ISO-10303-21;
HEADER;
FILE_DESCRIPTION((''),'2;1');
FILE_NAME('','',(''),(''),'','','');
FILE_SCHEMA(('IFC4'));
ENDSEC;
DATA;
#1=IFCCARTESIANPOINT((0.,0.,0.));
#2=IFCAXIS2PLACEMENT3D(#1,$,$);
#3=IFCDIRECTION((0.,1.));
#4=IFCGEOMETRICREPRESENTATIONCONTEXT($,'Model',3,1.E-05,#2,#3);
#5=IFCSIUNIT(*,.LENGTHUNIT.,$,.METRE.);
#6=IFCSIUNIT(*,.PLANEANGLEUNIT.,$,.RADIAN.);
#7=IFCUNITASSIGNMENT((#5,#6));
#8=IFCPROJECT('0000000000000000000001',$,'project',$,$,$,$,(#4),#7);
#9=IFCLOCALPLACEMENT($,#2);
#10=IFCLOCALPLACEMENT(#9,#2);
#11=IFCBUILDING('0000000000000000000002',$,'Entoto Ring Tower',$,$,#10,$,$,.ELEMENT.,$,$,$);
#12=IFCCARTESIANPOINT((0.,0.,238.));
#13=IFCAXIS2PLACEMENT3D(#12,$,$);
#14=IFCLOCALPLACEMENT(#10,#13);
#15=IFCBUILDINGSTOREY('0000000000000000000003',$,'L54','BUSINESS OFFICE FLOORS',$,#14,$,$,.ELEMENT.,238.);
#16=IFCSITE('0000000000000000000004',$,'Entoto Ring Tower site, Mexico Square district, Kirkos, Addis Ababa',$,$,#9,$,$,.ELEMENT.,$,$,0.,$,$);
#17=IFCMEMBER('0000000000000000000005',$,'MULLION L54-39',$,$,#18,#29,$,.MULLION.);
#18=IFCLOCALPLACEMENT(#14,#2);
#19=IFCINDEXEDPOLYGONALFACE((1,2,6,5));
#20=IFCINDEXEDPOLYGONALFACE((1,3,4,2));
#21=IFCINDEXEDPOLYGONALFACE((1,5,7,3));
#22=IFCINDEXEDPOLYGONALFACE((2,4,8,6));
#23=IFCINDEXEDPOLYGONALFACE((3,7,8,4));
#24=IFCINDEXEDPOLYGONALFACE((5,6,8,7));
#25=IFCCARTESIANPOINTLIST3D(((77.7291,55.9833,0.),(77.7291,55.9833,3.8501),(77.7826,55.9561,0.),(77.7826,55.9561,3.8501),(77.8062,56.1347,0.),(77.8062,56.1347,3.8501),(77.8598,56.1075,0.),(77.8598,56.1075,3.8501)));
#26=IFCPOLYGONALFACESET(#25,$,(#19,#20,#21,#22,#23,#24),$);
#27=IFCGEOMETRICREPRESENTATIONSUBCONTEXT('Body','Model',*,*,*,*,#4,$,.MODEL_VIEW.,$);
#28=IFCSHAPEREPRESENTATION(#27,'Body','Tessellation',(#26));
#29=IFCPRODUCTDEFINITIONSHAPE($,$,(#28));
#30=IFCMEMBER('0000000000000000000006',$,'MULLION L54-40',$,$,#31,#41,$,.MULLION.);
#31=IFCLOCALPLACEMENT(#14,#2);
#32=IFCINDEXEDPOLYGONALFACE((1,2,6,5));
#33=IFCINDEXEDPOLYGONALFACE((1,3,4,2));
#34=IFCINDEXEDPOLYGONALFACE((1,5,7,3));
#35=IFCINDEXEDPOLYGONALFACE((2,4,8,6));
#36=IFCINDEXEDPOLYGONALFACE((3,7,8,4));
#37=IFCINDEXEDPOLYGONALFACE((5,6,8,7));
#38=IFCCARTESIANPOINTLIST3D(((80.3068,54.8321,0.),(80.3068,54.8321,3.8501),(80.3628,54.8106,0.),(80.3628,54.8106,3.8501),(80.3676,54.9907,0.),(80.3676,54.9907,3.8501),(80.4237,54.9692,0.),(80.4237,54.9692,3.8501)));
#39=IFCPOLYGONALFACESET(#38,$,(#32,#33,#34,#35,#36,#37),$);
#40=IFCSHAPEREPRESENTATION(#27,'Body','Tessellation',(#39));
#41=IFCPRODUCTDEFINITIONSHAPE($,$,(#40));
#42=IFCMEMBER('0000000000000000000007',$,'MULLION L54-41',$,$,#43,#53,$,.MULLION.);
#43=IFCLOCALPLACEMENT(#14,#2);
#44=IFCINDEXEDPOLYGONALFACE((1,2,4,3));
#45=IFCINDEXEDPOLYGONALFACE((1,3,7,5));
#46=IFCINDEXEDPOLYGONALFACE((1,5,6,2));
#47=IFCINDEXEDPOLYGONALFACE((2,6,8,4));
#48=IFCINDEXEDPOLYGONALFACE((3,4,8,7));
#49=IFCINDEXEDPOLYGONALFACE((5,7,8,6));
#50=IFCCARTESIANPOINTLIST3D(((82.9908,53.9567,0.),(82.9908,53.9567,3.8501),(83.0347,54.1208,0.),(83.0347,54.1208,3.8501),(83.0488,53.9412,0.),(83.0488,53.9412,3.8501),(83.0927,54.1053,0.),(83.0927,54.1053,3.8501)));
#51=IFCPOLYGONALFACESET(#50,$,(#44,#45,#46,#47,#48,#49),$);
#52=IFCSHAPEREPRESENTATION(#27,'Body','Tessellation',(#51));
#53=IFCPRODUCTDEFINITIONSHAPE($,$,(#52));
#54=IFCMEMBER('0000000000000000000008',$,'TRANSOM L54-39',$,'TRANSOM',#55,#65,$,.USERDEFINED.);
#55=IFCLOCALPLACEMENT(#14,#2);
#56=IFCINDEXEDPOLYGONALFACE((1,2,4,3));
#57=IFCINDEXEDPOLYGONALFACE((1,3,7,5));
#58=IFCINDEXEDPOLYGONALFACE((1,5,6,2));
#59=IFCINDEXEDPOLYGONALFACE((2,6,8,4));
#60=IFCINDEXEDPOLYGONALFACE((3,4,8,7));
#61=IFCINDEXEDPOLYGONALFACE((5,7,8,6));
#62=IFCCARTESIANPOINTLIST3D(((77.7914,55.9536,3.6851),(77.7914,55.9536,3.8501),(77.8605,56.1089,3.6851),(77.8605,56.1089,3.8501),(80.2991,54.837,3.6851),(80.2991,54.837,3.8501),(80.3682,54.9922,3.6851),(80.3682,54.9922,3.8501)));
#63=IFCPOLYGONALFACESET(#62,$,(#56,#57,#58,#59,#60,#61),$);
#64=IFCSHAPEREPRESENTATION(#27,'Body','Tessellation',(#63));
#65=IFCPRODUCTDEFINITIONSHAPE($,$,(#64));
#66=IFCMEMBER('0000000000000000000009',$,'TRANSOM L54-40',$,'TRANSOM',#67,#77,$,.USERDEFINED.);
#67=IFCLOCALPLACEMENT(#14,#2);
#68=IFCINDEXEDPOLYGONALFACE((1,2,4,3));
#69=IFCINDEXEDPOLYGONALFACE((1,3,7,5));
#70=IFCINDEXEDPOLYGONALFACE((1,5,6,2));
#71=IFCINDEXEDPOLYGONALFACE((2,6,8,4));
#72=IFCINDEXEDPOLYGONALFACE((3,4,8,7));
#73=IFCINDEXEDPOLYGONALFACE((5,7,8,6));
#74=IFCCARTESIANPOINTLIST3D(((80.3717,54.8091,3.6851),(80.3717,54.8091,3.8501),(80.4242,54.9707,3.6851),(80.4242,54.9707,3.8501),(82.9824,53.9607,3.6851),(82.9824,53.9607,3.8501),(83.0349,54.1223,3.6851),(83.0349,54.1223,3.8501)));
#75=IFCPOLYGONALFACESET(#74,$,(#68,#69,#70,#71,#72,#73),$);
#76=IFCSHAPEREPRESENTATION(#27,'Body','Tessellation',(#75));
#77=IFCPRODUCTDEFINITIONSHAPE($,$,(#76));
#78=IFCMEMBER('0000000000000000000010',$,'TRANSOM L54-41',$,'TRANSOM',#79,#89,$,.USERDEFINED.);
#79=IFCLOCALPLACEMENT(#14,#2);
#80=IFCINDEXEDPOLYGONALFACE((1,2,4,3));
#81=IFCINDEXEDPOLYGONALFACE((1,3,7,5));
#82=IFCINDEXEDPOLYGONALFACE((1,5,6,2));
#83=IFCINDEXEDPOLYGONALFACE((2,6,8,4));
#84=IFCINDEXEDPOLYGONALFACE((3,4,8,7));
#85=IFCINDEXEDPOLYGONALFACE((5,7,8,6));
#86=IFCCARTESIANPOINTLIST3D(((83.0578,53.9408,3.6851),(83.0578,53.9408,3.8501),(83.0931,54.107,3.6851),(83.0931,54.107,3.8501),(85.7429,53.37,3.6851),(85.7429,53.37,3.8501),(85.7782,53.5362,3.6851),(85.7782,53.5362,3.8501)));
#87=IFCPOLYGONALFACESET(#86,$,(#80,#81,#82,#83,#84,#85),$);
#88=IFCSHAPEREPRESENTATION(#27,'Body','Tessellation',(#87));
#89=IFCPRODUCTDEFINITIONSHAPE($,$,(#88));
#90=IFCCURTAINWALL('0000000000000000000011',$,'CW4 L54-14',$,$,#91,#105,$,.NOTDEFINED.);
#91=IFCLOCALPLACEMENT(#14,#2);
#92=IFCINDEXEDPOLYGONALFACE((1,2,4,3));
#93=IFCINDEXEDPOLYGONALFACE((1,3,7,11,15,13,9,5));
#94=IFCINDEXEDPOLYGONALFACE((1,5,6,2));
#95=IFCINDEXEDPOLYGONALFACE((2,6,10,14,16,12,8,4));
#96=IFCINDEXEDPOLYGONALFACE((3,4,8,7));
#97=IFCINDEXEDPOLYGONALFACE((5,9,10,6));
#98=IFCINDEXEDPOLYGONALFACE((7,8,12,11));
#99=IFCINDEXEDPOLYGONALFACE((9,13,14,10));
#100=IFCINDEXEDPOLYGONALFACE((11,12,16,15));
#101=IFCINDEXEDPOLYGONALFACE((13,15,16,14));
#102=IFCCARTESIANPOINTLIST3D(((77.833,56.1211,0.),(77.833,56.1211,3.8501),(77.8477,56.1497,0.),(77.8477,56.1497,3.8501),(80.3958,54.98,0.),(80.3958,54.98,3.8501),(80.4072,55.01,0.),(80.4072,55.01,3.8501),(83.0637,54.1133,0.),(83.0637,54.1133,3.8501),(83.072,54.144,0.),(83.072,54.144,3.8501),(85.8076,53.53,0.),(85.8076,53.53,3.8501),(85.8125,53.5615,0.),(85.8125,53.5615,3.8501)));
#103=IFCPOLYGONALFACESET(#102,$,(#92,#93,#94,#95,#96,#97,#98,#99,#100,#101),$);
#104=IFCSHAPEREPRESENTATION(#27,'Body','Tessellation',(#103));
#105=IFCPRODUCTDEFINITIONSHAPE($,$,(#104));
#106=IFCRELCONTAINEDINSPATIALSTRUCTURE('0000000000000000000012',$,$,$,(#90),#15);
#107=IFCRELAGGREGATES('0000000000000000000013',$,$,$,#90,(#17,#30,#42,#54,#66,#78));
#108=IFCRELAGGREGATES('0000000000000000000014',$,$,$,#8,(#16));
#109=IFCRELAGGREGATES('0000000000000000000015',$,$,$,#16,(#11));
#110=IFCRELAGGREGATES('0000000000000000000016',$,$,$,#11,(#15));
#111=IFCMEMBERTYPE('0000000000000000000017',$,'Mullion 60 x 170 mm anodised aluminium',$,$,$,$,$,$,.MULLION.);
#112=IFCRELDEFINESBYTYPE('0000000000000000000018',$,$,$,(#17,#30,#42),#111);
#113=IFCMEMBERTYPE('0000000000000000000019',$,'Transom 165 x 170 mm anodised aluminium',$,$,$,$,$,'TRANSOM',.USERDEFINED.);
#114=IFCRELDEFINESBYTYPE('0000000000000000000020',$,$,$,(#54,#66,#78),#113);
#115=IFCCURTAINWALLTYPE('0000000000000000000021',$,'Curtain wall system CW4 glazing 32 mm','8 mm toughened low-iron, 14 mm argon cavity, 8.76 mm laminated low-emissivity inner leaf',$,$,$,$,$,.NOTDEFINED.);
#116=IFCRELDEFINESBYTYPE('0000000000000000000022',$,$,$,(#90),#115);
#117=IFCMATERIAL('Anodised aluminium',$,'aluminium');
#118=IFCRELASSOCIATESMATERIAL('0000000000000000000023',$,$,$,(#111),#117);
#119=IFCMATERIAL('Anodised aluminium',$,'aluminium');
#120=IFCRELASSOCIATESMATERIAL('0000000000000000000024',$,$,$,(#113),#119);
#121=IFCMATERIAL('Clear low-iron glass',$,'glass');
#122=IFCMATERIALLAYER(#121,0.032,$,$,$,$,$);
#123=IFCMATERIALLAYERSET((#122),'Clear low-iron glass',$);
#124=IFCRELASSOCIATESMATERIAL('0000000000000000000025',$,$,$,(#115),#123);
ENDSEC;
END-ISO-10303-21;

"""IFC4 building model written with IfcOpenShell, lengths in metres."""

from ifc_helpers import new_model, si_unit, direction, frame, origin, origin_2d, place, context, subcontext, project, spatial, polyline, rectangle, outline, extrude, material, layer, layer_set, material_profile, profile_set, type_object, element, aggregate, save


model = new_model("IFC4")

# Units and contexts
model_context = context("Model", 3, precision=1e-05, world=origin(), true_north=direction((0.0, 1.0)))
body_context = subcontext(model_context, "Body", "Model", "MODEL_VIEW")
ifc_project = project(units=[si_unit("LENGTHUNIT", "METRE"), si_unit("PLANEANGLEUNIT", "RADIAN")], contexts=[model_context])

# Members
ifc_material_1 = material(Name="Anodised aluminium", Category="aluminium")
ifc_material_profile_1 = material_profile(ifc_material_1, rectangle(XDim=0.0601, YDim=0.1699, at=origin_2d()), Name="Mullion 60 x 170 mm anodised aluminium")
ifc_profile_set_1 = profile_set([ifc_material_profile_1], Name="Anodised aluminium")
member_type_1 = type_object("IfcMemberType", Name="Mullion 60 x 170 mm anodised aluminium", PredefinedType="MULLION", material=ifc_profile_set_1)
site_placement = place(None, origin())
building_placement = place(site_placement, origin())
storey_placement = place(building_placement, frame((0.0, 0.0, 238.0)))
member_1_placement = place(storey_placement, frame((77.7944, 56.0454, 0.0), z_axis=(0.0, 0.0, 1.0), x_axis=(0.891007, -0.45399, 0.0)))
member_1 = element("IfcMember", 1, at=member_1_placement, type_object=member_type_1, Name="MULLION L54-39", PredefinedType="MULLION", context=body_context, shape_type="SweptSolid", body=[
    extrude(rectangle(XDim=0.0601, YDim=0.1699, at=origin_2d()), origin(), (0.0, 0.0, 1.0), 3.8501),
])
member_2_placement = place(storey_placement, frame((80.3652, 54.9006, 0.0), z_axis=(0.0, 0.0, 1.0), x_axis=(0.93358, -0.358368, 0.0)))
member_2 = element("IfcMember", 2, at=member_2_placement, type_object=member_type_1, Name="MULLION L54-40", PredefinedType="MULLION", context=body_context, shape_type="SweptSolid", body=[
    extrude(rectangle(XDim=0.0601, YDim=0.1699, at=origin_2d()), origin(), (0.0, 0.0, 1.0), 3.8501),
])
member_3_placement = place(storey_placement, frame((83.0417, 54.031, 0.0), z_axis=(0.0, 0.0, 1.0), x_axis=(0.965926, -0.258819, 0.0)))
member_3 = element("IfcMember", 3, at=member_3_placement, type_object=member_type_1, Name="MULLION L54-41", PredefinedType="MULLION", context=body_context, shape_type="SweptSolid", body=[
    extrude(rectangle(XDim=0.0601, YDim=0.1699, at=origin_2d()), origin(), (0.0, 0.0, 1.0), 3.8501),
])
ifc_material_2 = material(Name="Anodised aluminium", Category="aluminium")
ifc_material_profile_2 = material_profile(ifc_material_2, rectangle(XDim=0.1699, YDim=0.165, at=origin_2d()), Name="Transom 165 x 170 mm anodised aluminium")
ifc_profile_set_2 = profile_set([ifc_material_profile_2], Name="Anodised aluminium")
member_type_2 = type_object("IfcMemberType", Name="Transom 165 x 170 mm anodised aluminium", ElementType="TRANSOM", PredefinedType="USERDEFINED", material=ifc_profile_set_2)
member_4_placement = place(storey_placement, frame((77.8259, 56.0312, 3.7676), z_axis=(0.913525, -0.406782, 0.0), x_axis=(0.406782, 0.913525, 0.0)))
member_4 = element("IfcMember", 4, at=member_4_placement, type_object=member_type_2, Name="TRANSOM L54-39", ObjectType="TRANSOM", PredefinedType="USERDEFINED", context=body_context, shape_type="SweptSolid", body=[
    extrude(rectangle(XDim=0.1699, YDim=0.165, at=origin_2d()), origin(), (0.0, 0.0, 1.0), 2.7451),
])
member_5_placement = place(storey_placement, frame((80.3979, 54.8899, 3.7676), z_axis=(0.951048, -0.309042, 0.0), x_axis=(0.309042, 0.951048, 0.0)))
member_5 = element("IfcMember", 5, at=member_5_placement, type_object=member_type_2, Name="TRANSOM L54-40", ObjectType="TRANSOM", PredefinedType="USERDEFINED", context=body_context, shape_type="SweptSolid", body=[
    extrude(rectangle(XDim=0.1699, YDim=0.165, at=origin_2d()), origin(), (0.0, 0.0, 1.0), 2.7451),
])
member_6_placement = place(storey_placement, frame((83.0754, 54.0239, 3.7676), z_axis=(0.978142, -0.207937, 0.0), x_axis=(0.207937, 0.978142, 0.0)))
member_6 = element("IfcMember", 6, at=member_6_placement, type_object=member_type_2, Name="TRANSOM L54-41", ObjectType="TRANSOM", PredefinedType="USERDEFINED", context=body_context, shape_type="SweptSolid", body=[
    extrude(rectangle(XDim=0.1699, YDim=0.165, at=origin_2d()), origin(), (0.0, 0.0, 1.0), 2.7451),
])

# Site, building, storey
site = spatial("IfcSite", under=ifc_project, at=site_placement, Name="Entoto Ring Tower site, Mexico Square district, Kirkos, Addis Ababa", CompositionType="ELEMENT", RefElevation=0.0)
building = spatial("IfcBuilding", under=site, at=building_placement, Name="Entoto Ring Tower", CompositionType="ELEMENT")
storey = spatial("IfcBuildingStorey", under=building, at=storey_placement, Name="L54", Description="BUSINESS OFFICE FLOORS", CompositionType="ELEMENT", Elevation=238.0)

# Curtain wall
ifc_material_3 = material(Name="Clear low-iron glass", Category="glass")
ifc_layer = layer(ifc_material_3, 0.032)
ifc_layer_set = layer_set([ifc_layer], Name="Clear low-iron glass")
curtain_wall_type = type_object("IfcCurtainWallType", Name="Curtain wall system CW4 glazing 32 mm", Description="8 mm toughened low-iron, 14 mm argon cavity, 8.76 mm laminated low-emissivity inner leaf", PredefinedType="NOTDEFINED", material=ifc_layer_set)
curtain_wall_1_placement = place(storey_placement, origin())
curtain_wall_1 = element("IfcCurtainWall", 7, at=curtain_wall_1_placement, inside=storey, type_object=curtain_wall_type, Name="CW4 L54-14", PredefinedType="NOTDEFINED", context=body_context, shape_type="SweptSolid", body=[
    extrude(outline(polyline([(77.833, 56.1211), (80.3958, 54.98), (83.0637, 54.1133), (85.8076, 53.53), (85.8125, 53.5615), (83.072, 54.144), (80.4072, 55.01), (77.8477, 56.1497), (77.833, 56.1211)])), origin(), (0.0, 0.0, 1.0), 3.8501),
])
aggregate(curtain_wall_1, [member_1, member_2, member_3, member_4, member_5, member_6])

save(model, "model.ifc")
